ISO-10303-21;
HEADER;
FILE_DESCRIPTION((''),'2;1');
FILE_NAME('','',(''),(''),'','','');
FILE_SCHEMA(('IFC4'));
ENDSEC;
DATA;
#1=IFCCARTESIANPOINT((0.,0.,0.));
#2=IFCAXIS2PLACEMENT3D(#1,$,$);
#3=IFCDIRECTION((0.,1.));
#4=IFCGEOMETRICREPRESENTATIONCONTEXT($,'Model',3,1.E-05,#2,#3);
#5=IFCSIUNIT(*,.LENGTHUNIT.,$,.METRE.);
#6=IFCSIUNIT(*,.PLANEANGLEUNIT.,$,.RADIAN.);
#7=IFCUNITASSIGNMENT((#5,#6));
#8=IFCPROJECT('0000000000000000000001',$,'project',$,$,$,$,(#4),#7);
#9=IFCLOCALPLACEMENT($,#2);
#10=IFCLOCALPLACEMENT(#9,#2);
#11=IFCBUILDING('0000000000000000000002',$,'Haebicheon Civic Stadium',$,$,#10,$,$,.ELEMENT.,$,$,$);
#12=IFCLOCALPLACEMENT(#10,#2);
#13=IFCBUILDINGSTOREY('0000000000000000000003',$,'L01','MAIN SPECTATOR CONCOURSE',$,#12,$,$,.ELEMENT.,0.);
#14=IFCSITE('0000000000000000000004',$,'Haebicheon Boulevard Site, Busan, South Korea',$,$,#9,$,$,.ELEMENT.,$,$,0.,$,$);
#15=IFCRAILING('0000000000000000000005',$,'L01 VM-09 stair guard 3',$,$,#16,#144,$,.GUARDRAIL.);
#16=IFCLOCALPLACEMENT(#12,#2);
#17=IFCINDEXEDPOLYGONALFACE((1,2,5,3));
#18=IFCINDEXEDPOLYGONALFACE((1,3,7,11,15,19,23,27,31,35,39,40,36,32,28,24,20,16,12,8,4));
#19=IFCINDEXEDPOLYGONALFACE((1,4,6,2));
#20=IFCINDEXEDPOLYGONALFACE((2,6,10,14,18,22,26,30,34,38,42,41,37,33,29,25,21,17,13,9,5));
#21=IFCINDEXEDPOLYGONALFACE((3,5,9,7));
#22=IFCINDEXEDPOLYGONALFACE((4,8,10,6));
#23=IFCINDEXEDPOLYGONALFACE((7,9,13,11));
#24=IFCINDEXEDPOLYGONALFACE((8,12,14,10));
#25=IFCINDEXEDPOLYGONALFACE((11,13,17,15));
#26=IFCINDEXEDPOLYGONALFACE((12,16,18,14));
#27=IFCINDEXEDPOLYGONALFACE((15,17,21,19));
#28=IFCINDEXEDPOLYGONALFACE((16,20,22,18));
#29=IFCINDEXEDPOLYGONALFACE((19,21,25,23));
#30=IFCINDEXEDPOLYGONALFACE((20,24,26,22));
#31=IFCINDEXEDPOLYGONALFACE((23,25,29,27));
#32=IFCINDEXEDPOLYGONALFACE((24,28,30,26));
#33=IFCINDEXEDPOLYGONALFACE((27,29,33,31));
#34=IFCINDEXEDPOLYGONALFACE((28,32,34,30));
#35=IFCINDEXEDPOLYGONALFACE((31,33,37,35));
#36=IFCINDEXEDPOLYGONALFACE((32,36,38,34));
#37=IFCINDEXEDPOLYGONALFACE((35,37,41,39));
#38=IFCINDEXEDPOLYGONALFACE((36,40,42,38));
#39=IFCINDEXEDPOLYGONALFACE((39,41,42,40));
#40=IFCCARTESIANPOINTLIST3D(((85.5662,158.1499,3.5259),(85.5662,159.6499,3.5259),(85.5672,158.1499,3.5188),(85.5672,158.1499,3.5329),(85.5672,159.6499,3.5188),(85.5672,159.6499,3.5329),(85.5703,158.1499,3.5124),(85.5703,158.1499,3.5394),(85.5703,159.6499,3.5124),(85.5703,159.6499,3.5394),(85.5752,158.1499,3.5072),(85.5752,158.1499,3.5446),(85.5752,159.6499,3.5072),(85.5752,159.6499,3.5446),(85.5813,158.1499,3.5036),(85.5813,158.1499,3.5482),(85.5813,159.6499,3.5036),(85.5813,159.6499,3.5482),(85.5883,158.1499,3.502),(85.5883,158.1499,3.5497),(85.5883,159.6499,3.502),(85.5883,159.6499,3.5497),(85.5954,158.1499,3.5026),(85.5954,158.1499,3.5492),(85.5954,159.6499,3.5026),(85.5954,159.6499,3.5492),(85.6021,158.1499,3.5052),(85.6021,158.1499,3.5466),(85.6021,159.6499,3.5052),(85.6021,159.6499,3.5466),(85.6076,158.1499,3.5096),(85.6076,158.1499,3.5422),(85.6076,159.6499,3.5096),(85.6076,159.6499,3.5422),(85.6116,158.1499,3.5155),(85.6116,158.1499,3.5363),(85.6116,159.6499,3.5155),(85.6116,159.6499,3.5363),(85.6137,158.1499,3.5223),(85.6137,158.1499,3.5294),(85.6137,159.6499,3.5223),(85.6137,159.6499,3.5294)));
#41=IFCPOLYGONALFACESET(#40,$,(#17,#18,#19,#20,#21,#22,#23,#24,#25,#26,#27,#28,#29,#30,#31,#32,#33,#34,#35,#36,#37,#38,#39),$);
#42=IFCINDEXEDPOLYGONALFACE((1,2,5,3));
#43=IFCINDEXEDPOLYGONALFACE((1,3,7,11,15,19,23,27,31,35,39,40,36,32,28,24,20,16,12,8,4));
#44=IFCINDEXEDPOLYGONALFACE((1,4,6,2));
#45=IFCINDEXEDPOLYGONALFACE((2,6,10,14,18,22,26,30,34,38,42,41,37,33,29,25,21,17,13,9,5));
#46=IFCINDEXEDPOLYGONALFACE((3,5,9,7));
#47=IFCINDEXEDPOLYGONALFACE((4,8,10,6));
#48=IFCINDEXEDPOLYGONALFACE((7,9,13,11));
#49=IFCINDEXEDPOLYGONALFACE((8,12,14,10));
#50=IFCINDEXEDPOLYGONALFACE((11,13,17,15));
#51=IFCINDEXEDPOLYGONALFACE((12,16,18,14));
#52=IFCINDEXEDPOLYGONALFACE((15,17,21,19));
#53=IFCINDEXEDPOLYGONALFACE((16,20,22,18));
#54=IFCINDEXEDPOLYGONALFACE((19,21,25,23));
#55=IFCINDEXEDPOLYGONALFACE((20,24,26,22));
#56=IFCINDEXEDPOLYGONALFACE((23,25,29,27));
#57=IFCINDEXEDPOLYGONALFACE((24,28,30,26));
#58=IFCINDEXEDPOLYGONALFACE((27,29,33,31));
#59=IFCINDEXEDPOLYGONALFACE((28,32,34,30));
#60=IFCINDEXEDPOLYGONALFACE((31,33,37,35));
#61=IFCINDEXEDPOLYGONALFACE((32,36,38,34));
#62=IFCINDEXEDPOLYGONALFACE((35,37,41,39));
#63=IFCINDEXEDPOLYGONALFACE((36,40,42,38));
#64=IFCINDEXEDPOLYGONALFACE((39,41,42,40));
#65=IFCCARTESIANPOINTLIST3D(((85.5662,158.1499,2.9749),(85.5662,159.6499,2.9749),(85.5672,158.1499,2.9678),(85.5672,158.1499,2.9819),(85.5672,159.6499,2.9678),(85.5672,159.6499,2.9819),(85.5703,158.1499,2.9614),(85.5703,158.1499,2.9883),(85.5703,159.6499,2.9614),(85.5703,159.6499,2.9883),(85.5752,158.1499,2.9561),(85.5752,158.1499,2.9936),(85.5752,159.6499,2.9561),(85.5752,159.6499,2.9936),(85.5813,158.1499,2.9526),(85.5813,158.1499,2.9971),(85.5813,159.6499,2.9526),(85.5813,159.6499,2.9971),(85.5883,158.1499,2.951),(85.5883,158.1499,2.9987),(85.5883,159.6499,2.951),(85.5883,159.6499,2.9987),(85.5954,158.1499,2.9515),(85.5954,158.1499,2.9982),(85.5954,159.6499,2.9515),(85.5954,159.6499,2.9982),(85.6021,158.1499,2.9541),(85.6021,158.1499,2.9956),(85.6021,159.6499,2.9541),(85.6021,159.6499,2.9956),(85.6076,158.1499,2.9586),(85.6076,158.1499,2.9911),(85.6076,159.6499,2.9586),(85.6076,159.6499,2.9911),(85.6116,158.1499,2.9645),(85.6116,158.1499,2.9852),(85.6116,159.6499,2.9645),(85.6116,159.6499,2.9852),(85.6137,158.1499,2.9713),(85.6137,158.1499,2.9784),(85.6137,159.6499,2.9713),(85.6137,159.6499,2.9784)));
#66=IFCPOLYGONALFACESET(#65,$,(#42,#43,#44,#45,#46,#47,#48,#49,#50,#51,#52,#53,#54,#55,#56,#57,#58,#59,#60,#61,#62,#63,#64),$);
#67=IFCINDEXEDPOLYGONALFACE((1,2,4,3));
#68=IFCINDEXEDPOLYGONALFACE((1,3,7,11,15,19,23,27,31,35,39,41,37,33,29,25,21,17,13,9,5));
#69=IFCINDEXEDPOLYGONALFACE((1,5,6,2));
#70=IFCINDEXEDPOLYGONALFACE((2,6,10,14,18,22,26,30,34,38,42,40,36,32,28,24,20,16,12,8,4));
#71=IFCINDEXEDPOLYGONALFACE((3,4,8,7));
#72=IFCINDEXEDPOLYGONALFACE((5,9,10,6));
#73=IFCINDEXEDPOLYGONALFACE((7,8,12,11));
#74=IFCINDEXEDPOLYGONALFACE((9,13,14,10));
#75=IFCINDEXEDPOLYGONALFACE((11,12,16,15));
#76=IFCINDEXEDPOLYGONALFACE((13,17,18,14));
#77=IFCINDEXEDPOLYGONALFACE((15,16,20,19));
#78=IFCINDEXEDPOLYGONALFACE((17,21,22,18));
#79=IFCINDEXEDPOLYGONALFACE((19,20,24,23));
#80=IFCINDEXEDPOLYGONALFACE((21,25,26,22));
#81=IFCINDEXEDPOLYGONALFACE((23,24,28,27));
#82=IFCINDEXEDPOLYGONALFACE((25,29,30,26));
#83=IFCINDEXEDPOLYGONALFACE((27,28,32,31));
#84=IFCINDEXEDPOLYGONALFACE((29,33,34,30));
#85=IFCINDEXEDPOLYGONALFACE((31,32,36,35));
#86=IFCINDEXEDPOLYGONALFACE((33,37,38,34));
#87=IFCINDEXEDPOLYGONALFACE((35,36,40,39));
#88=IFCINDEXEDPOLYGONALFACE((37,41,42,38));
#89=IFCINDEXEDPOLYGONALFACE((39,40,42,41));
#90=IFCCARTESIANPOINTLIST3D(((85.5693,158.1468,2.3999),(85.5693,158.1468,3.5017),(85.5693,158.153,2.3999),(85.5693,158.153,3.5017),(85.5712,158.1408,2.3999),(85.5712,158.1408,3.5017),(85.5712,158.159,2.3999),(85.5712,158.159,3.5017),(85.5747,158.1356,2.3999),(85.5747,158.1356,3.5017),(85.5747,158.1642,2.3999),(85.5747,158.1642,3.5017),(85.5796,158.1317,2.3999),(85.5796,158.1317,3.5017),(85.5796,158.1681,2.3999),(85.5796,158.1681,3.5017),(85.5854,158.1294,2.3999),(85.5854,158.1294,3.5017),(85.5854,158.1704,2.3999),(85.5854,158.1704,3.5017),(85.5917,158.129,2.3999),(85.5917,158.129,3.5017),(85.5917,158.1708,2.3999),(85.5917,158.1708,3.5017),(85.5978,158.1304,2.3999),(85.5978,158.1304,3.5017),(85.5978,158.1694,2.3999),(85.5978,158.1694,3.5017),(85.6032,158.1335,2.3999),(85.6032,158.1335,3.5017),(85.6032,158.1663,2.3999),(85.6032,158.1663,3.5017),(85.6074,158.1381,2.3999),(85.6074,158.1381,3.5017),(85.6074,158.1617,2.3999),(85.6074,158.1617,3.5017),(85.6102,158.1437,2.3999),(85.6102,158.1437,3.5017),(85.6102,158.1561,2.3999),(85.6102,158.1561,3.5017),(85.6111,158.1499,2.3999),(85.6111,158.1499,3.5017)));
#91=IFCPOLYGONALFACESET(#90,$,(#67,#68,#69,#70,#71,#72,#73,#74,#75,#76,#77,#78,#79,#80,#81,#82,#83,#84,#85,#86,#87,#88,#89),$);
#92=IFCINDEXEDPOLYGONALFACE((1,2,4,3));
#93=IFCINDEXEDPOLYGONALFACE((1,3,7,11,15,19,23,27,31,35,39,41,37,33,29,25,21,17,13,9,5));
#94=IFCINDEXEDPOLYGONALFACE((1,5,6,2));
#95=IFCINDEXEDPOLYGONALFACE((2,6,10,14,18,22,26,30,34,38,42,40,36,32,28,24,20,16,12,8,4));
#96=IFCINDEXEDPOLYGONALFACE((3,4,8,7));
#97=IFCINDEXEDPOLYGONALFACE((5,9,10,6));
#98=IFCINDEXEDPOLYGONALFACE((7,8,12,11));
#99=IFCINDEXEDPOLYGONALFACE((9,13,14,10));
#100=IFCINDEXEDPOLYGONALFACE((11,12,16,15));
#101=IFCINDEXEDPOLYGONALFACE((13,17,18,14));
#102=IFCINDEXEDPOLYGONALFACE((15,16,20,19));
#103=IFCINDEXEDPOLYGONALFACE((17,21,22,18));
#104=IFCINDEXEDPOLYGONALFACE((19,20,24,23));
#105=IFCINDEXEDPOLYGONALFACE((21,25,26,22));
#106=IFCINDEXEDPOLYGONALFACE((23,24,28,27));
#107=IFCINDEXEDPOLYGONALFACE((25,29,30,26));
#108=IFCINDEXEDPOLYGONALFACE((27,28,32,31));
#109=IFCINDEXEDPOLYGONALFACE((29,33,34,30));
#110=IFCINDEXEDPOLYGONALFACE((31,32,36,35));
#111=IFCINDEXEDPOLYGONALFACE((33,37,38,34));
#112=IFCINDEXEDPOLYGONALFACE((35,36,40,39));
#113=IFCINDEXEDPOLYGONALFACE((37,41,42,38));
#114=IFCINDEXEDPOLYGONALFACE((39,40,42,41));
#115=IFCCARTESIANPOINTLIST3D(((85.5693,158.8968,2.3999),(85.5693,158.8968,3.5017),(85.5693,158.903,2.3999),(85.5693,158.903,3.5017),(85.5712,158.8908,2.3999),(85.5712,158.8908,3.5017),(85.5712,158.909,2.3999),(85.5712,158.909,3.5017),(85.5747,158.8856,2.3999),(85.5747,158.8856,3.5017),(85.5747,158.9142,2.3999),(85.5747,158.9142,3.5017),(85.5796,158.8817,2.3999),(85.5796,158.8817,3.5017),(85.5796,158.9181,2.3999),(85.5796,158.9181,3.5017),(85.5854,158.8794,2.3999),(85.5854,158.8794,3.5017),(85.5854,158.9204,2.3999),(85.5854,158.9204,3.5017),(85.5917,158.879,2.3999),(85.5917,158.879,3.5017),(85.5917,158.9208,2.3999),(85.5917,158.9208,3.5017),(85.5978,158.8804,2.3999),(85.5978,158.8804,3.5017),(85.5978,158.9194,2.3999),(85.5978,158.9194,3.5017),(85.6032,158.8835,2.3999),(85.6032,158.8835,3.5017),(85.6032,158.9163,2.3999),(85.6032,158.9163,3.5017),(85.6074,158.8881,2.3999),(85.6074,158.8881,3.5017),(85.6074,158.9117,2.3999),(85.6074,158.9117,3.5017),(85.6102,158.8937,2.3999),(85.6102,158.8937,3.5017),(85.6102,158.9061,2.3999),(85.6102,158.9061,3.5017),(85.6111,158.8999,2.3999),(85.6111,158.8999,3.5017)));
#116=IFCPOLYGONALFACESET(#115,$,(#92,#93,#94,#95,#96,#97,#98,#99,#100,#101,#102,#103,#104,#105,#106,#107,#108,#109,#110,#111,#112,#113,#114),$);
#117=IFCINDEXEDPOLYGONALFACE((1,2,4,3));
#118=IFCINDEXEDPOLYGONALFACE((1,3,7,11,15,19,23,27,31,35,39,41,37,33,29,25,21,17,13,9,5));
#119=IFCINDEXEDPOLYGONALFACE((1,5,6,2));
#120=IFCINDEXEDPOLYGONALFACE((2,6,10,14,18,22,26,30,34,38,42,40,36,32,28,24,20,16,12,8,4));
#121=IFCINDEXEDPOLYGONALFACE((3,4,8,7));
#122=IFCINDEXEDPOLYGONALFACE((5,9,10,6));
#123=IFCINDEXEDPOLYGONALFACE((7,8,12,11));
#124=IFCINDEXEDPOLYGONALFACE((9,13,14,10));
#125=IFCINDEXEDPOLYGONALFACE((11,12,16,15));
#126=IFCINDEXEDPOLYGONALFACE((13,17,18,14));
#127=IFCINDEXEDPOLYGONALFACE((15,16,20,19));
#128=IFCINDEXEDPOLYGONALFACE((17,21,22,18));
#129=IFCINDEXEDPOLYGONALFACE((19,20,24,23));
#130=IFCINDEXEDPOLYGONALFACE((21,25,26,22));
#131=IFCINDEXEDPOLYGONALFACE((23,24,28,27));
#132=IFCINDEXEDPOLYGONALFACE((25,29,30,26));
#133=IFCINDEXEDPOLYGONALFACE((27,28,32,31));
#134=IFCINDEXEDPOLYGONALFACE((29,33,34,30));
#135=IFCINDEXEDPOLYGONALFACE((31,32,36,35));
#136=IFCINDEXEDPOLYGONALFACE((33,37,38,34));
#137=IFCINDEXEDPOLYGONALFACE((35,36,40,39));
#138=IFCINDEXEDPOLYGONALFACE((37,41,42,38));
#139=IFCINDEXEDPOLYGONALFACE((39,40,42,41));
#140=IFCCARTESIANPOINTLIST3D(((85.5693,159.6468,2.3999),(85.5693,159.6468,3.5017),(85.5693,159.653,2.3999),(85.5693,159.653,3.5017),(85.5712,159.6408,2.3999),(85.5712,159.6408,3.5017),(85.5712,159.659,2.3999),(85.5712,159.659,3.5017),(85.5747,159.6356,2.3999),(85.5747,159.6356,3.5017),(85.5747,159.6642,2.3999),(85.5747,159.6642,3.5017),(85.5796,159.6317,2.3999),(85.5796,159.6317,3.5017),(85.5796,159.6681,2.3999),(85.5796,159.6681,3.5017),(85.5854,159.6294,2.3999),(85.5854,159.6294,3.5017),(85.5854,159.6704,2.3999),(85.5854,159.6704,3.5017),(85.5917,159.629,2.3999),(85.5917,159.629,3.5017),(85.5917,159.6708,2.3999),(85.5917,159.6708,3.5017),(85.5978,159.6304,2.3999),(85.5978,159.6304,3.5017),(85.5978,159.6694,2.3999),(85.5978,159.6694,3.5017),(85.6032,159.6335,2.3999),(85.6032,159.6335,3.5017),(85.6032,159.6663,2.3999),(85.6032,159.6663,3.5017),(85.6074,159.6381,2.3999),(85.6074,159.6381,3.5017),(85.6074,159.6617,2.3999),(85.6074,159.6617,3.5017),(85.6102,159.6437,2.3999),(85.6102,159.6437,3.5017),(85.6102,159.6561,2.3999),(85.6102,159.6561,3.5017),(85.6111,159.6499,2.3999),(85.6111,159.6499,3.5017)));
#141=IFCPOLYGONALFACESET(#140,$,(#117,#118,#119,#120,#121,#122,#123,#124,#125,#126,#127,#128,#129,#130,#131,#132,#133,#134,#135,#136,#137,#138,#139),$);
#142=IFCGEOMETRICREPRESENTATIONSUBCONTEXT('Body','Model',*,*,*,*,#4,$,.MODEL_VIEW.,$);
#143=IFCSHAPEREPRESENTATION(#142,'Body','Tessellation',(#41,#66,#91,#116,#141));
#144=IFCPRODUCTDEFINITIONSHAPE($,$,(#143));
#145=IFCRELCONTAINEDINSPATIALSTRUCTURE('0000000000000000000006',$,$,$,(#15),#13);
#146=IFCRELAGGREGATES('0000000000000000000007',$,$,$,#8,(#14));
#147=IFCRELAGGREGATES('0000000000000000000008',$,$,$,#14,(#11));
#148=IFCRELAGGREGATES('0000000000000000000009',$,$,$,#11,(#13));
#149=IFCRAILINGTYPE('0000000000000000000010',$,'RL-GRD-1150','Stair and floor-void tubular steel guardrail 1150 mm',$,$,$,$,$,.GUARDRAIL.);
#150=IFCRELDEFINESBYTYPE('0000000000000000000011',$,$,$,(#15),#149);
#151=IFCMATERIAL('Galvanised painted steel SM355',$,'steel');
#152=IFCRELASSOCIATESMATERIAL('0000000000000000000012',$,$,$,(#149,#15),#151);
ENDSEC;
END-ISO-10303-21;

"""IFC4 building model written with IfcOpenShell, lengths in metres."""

from ifc_helpers import new_model, si_unit, direction, frame, origin, origin_2d, place, context, subcontext, project, spatial, circle, extrude, material, type_object, element, save


model = new_model("IFC4")

# Units and contexts
model_context = context("Model", 3, precision=1e-05, world=origin(), true_north=direction((0.0, 1.0)))
body_context = subcontext(model_context, "Body", "Model", "MODEL_VIEW")
ifc_project = project(units=[si_unit("LENGTHUNIT", "METRE"), si_unit("PLANEANGLEUNIT", "RADIAN")], contexts=[model_context])

# Site, building, storey
site_placement = place(None, origin())
site = spatial("IfcSite", under=ifc_project, at=site_placement, Name="Haebicheon Boulevard Site, Busan, South Korea", CompositionType="ELEMENT", RefElevation=0.0)
building_placement = place(site_placement, origin())
building = spatial("IfcBuilding", under=site, at=building_placement, Name="Haebicheon Civic Stadium", CompositionType="ELEMENT")
storey_placement = place(building_placement, origin())
storey = spatial("IfcBuildingStorey", under=building, at=storey_placement, Name="L01", Description="MAIN SPECTATOR CONCOURSE", CompositionType="ELEMENT", Elevation=0.0)

# Railing
ifc_material_1 = material(Name="Galvanised painted steel SM355", Category="steel")
railing_type_1 = type_object("IfcRailingType", Name="RL-GRD-1150", Description="Stair and floor-void tubular steel guardrail 1150 mm", PredefinedType="GUARDRAIL", material=ifc_material_1)
for number, where, name in (
    (1, (85.5901, 158.1499, 2.3999), "L01 VM-09 stair guard 3"),
):
    element("IfcRailing", number, at=place(storey_placement, frame(where)), inside=storey, type_object=railing_type_1, material=ifc_material_1, Name=name, PredefinedType="GUARDRAIL", context=body_context, shape_type="SweptSolid", body=[
        extrude(circle(Radius=0.0239, at=origin_2d()), frame((0.0, 0.0, 1.126), z_axis=(0.0, 1.0, 0.0), x_axis=(-1.0, 0.0, 0.0)), (0.0, 0.0, 1.0), 1.5),
        extrude(circle(Radius=0.0239, at=origin_2d()), frame((0.0, 0.0, 0.575), z_axis=(0.0, 1.0, 0.0), x_axis=(-1.0, 0.0, 0.0)), (0.0, 0.0, 1.0), 1.5),
        extrude(circle(Radius=0.021, at=origin_2d()), origin(), (0.0, 0.0, 1.0), 1.1018),
        extrude(circle(Radius=0.021, at=origin_2d()), frame((0.0, 0.75, 0.0)), (0.0, 0.0, 1.0), 1.1018),
        extrude(circle(Radius=0.021, at=origin_2d()), frame((0.0, 1.5, 0.0)), (0.0, 0.0, 1.0), 1.1018),
    ])

save(model, "model.ifc")
